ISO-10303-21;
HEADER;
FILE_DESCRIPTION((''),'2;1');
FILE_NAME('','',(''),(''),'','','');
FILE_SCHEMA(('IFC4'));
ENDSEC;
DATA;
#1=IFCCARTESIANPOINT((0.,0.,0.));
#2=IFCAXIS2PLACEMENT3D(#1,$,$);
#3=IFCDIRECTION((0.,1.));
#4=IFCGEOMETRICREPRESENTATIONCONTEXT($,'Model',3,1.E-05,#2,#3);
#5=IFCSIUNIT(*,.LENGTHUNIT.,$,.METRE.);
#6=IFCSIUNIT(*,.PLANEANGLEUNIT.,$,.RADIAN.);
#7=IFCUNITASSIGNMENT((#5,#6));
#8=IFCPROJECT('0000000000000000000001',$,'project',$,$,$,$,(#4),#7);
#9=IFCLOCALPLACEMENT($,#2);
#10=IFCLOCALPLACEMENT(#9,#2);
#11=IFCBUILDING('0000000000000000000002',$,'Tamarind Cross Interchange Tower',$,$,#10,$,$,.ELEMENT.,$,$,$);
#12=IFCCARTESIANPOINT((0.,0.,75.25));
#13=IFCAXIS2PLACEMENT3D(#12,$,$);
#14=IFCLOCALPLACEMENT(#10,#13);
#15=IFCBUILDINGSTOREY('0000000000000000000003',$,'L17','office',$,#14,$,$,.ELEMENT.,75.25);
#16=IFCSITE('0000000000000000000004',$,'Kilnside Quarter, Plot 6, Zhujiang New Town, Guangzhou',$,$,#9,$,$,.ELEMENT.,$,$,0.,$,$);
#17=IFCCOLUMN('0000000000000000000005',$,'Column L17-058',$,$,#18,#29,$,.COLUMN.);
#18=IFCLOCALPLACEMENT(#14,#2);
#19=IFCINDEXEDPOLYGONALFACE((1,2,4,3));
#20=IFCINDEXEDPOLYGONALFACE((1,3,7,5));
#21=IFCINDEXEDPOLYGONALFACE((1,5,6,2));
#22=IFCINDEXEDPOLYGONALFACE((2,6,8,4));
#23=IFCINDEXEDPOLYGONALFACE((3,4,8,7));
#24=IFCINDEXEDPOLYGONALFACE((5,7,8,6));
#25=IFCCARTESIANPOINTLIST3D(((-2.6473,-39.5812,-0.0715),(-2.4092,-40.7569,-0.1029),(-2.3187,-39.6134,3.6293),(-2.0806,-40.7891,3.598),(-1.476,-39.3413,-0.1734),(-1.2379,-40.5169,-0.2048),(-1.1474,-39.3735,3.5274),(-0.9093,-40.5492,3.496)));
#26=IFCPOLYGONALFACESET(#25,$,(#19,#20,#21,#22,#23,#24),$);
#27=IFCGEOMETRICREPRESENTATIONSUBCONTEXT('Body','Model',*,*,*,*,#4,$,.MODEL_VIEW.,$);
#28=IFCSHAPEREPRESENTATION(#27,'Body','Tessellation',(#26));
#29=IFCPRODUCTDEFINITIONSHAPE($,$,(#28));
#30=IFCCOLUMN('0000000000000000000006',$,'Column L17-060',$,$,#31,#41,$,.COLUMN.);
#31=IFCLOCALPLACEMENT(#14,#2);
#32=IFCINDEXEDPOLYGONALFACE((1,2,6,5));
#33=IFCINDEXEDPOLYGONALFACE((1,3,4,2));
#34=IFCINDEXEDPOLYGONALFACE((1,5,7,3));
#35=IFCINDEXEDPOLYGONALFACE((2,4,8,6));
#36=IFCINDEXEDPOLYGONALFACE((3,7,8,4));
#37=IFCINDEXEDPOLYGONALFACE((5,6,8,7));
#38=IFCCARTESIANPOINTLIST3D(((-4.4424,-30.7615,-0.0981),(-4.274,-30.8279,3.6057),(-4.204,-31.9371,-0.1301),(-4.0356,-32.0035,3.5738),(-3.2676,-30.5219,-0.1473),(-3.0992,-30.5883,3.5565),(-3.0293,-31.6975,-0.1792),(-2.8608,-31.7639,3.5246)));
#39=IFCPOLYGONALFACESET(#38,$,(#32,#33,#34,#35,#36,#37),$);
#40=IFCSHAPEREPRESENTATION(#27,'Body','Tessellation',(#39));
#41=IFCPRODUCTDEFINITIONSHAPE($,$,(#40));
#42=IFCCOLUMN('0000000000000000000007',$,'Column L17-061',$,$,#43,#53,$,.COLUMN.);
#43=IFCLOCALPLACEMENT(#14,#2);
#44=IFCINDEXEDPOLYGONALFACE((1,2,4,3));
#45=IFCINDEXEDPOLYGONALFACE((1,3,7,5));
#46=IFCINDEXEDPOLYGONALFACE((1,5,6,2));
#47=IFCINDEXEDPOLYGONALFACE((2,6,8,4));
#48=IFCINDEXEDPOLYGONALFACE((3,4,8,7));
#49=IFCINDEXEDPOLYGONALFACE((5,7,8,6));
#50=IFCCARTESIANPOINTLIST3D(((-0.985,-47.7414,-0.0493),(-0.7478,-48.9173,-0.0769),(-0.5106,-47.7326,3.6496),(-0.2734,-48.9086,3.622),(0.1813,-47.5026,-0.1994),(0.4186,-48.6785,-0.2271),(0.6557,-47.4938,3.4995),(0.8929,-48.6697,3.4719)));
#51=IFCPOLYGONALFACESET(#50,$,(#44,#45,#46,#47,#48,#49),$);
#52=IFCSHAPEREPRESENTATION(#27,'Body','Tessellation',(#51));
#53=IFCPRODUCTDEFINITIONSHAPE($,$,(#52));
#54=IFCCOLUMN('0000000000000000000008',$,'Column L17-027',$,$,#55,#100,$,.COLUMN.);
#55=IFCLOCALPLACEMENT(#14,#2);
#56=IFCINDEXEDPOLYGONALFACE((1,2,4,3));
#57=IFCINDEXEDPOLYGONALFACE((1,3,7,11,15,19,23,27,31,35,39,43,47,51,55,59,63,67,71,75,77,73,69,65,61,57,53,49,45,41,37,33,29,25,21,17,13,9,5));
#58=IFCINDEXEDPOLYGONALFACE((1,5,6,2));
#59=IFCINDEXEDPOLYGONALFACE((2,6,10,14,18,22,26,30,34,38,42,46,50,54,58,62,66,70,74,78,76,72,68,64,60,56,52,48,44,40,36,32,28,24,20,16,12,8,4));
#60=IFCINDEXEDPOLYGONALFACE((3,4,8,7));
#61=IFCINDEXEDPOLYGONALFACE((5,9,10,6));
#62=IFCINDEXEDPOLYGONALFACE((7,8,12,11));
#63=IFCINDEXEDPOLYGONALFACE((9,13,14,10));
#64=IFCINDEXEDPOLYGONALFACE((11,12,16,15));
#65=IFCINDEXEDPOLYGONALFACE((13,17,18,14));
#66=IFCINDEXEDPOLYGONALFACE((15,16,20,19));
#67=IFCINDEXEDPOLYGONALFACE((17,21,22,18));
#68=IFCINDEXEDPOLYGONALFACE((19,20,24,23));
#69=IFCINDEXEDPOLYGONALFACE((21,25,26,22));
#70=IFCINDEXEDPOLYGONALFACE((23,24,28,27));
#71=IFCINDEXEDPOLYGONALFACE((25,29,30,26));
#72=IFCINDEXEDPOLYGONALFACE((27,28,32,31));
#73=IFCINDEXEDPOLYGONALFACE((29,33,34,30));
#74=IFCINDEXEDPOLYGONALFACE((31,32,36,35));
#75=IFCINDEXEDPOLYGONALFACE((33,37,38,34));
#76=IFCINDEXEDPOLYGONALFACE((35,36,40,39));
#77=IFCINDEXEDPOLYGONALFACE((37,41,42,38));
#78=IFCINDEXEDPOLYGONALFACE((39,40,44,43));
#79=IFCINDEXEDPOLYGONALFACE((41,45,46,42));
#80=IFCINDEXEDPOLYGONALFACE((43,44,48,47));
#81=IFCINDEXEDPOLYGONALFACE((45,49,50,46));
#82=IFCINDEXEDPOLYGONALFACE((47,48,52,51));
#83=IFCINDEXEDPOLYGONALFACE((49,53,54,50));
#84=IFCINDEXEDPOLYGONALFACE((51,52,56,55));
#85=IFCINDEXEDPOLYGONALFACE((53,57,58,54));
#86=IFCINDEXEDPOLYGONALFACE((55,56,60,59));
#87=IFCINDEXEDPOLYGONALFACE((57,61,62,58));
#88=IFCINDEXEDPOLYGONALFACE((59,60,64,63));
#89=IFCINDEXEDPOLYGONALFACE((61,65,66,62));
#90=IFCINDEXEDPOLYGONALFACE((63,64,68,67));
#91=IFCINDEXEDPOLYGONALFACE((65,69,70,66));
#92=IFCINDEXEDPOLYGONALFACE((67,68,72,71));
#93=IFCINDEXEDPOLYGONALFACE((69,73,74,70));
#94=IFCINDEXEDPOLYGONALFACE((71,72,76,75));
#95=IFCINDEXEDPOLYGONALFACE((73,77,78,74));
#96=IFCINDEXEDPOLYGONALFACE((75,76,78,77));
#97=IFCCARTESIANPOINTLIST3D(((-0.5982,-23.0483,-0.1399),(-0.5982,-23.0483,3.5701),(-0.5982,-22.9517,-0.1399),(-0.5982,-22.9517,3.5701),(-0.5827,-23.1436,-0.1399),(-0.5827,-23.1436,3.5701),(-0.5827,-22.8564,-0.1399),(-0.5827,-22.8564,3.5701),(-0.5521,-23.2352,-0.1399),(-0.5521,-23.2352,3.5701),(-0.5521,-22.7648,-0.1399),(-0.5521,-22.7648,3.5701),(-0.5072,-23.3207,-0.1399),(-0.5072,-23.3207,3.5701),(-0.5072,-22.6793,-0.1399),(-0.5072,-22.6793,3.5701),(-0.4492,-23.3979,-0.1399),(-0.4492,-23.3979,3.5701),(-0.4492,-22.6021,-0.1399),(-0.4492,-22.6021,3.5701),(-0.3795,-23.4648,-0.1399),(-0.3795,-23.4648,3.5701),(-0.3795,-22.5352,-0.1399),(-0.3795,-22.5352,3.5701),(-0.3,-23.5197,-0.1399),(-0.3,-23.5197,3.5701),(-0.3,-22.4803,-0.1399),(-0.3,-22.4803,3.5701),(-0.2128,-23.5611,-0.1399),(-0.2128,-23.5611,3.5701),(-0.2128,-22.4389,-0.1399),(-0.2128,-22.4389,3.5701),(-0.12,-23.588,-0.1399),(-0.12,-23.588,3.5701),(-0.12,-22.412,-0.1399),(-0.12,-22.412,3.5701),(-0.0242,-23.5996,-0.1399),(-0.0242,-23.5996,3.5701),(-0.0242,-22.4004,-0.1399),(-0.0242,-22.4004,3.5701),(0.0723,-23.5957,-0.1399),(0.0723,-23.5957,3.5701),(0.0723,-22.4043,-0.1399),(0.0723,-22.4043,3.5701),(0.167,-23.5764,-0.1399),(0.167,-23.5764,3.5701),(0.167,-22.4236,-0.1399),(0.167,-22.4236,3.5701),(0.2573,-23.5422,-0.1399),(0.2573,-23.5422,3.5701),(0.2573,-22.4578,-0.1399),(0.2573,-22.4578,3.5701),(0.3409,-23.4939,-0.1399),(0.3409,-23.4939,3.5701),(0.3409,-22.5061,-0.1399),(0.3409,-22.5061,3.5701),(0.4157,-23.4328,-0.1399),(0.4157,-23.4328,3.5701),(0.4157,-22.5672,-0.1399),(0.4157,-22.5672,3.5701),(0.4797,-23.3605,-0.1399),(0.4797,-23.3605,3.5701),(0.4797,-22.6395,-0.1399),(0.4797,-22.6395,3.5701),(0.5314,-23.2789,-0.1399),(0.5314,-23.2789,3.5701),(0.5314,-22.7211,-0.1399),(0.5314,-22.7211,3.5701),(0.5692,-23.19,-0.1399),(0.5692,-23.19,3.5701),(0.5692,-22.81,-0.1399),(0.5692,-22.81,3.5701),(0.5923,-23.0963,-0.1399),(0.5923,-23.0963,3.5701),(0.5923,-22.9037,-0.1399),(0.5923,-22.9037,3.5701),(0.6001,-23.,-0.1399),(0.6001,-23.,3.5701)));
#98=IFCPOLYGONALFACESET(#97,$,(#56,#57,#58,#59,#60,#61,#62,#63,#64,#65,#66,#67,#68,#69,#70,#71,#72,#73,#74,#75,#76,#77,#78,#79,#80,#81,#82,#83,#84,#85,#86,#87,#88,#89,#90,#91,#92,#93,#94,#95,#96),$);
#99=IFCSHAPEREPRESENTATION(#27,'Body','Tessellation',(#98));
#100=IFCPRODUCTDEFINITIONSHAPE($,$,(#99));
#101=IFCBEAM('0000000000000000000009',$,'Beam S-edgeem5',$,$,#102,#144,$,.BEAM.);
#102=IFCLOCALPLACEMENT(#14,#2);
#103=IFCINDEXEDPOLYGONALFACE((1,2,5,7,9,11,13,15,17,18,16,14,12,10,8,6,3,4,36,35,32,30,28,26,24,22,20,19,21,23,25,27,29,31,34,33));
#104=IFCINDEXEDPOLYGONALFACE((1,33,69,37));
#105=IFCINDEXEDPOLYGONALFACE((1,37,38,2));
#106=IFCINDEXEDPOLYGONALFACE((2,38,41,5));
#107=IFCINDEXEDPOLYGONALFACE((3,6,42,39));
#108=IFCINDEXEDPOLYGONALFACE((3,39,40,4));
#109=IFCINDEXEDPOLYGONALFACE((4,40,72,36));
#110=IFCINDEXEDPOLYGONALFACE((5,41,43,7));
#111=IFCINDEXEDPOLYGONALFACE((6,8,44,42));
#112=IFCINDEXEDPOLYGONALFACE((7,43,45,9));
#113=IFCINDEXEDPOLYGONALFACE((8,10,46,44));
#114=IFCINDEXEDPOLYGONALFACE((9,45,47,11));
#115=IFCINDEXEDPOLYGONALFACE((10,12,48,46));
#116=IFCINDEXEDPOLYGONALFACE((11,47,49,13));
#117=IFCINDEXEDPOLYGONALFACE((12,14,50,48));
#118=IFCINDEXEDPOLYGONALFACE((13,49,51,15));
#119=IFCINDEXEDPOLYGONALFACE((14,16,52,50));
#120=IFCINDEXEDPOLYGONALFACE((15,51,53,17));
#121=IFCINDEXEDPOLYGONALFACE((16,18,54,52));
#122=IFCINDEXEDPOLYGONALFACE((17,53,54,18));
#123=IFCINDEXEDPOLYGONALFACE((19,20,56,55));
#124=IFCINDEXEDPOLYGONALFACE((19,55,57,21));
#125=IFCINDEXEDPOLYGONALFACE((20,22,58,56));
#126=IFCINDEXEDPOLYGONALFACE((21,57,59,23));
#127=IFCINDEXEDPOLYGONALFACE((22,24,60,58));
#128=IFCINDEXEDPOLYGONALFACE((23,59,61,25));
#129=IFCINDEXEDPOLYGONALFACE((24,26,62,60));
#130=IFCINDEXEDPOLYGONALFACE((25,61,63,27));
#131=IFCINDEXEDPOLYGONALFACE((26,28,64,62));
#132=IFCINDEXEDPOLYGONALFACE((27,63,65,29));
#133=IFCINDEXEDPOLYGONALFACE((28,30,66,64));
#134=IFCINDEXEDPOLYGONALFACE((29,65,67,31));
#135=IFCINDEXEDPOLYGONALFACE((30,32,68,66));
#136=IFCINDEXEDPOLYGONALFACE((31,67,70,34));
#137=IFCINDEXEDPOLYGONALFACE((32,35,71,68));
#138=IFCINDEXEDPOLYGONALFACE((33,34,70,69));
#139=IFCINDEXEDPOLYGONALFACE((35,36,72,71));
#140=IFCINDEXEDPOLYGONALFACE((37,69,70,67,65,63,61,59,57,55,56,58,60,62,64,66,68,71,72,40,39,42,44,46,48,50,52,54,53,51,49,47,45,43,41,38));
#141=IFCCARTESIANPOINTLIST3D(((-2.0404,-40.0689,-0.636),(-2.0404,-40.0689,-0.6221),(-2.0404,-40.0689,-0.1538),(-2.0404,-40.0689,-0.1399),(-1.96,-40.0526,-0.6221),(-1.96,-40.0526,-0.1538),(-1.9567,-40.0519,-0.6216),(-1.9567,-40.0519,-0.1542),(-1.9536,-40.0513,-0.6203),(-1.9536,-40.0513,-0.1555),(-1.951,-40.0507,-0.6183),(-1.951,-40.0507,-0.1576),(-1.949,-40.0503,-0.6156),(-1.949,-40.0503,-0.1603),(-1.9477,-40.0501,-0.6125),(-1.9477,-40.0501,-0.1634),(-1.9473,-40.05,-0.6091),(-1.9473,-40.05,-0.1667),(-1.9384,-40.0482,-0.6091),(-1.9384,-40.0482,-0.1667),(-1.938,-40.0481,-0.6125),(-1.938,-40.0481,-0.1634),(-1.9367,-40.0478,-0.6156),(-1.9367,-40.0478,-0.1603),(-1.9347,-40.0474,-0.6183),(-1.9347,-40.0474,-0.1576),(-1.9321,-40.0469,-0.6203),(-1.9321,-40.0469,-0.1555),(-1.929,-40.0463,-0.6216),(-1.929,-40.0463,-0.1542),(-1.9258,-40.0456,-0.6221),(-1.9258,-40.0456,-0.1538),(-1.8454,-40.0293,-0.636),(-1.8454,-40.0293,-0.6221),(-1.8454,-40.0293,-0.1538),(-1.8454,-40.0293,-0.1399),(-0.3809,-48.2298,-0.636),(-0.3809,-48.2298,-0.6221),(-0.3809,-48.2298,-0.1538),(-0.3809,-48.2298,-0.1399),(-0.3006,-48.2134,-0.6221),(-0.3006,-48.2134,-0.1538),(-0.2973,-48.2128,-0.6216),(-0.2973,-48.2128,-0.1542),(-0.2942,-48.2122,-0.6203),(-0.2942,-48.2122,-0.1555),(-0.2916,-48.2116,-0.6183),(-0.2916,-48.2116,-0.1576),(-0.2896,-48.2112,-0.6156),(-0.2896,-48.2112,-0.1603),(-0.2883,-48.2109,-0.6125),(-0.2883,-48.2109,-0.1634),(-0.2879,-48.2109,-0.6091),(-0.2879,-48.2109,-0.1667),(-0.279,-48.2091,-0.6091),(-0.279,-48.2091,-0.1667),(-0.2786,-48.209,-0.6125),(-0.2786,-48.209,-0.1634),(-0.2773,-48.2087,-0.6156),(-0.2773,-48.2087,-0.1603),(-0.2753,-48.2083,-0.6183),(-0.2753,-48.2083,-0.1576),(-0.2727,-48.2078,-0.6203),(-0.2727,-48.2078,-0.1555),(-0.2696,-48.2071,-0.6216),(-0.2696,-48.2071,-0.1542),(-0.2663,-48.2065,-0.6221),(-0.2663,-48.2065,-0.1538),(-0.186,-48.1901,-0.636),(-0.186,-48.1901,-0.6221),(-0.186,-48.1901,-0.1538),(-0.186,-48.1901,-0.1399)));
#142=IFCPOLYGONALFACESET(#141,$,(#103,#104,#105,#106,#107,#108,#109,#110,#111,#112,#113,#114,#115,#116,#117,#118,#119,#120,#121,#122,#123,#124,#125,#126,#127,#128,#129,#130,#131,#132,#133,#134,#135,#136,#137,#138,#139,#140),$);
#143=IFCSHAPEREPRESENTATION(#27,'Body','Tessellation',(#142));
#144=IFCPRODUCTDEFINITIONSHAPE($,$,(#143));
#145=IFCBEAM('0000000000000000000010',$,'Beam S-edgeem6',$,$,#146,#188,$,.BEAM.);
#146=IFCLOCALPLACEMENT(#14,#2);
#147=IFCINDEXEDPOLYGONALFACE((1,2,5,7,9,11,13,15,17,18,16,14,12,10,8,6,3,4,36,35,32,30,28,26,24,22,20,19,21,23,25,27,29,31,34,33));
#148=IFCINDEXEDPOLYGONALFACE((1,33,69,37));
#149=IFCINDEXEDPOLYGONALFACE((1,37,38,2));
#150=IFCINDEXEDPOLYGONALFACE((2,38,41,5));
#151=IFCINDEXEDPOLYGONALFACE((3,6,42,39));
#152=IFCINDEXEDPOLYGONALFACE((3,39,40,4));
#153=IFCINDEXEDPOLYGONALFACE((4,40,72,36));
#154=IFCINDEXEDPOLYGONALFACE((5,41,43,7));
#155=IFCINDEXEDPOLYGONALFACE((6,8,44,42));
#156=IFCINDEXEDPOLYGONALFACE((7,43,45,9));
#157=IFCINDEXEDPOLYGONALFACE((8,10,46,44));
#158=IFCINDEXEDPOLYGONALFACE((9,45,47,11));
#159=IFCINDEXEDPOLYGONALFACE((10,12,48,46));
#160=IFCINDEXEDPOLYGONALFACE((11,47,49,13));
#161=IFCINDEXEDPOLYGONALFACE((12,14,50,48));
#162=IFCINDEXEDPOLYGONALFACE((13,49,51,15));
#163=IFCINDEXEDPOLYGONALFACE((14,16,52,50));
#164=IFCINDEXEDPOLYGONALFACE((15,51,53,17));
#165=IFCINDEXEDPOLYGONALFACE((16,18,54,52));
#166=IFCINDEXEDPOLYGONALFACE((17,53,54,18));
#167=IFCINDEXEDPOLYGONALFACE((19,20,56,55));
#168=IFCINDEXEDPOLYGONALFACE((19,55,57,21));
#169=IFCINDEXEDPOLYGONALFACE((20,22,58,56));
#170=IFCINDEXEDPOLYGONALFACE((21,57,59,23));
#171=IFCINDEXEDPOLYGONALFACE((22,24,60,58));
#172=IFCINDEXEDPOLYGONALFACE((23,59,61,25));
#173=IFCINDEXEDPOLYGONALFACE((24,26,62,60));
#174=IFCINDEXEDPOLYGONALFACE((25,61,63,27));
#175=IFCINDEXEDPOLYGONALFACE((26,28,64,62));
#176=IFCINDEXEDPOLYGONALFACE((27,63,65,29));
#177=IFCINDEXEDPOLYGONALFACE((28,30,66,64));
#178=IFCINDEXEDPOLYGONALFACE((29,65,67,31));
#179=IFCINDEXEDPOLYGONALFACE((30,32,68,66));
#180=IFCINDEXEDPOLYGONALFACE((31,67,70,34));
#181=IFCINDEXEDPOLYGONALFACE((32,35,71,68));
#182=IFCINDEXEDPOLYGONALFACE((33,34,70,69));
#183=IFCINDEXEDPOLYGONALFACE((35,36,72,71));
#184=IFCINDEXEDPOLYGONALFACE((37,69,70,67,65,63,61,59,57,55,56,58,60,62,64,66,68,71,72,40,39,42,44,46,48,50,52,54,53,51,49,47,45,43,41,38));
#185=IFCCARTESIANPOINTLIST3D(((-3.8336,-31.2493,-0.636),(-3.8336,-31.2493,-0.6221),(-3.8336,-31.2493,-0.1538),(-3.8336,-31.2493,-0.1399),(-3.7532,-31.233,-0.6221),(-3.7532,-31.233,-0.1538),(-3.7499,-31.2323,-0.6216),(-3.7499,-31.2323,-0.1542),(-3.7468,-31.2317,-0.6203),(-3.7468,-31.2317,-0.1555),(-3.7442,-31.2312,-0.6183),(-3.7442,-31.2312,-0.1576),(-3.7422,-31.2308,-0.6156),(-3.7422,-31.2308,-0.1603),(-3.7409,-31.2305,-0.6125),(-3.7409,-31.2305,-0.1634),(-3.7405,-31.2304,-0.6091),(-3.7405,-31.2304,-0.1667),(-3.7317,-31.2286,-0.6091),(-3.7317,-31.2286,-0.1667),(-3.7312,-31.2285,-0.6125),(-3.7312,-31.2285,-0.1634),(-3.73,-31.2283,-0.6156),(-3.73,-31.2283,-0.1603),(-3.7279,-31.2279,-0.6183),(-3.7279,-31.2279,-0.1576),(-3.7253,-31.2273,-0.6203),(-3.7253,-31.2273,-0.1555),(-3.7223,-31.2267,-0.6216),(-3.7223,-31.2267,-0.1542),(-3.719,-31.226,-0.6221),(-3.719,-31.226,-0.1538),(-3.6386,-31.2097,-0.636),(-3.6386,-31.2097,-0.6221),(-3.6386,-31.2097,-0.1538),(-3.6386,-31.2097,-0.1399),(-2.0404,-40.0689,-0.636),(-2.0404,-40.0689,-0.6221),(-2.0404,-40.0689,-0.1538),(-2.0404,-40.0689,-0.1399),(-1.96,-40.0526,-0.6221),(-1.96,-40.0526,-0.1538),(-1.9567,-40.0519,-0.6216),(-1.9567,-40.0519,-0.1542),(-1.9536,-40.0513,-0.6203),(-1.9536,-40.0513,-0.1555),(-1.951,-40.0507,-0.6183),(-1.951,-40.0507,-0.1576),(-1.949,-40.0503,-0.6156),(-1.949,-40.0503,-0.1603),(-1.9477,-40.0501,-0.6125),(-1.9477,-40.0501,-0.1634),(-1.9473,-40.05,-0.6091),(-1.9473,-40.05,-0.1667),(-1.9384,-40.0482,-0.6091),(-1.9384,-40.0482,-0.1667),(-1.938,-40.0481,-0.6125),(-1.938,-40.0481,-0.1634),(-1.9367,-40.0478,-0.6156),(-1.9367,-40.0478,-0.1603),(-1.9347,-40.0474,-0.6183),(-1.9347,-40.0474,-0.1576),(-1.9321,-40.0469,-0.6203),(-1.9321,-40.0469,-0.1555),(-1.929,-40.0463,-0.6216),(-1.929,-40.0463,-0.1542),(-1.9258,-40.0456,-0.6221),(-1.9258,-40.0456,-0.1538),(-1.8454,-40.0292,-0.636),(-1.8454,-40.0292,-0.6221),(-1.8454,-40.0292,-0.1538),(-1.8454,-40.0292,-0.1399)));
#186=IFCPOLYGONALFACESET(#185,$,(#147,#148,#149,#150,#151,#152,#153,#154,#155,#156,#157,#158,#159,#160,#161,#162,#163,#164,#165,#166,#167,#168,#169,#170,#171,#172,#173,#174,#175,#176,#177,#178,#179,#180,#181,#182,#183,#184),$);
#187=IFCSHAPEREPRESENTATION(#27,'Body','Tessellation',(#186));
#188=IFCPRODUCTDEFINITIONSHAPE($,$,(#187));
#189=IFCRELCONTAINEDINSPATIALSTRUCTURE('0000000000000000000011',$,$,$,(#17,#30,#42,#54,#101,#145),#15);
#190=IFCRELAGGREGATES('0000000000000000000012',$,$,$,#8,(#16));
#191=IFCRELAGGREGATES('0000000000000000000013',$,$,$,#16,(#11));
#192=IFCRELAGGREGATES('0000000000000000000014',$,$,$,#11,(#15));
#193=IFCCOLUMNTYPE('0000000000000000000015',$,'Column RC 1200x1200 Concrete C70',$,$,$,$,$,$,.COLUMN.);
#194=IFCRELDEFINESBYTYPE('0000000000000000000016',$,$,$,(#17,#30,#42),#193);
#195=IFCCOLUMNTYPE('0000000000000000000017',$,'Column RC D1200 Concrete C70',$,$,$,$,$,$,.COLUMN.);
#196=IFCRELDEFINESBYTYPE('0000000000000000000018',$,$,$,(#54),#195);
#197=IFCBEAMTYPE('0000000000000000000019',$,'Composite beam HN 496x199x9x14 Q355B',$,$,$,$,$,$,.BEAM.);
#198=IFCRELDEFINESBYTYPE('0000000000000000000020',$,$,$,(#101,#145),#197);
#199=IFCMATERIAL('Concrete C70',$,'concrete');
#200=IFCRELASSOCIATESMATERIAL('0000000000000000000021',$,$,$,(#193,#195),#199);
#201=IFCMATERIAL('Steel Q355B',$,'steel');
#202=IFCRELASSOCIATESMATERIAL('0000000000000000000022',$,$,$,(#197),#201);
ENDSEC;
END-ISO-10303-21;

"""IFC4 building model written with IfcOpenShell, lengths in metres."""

from ifc_helpers import new_model, si_unit, direction, frame, origin, origin_2d, place, context, subcontext, project, spatial, rectangle, circle, i_section, extrude, material, material_profile, profile_set, type_object, element, save


model = new_model("IFC4")

# Units and contexts
model_context = context("Model", 3, precision=1e-05, world=origin(), true_north=direction((0.0, 1.0)))
body_context = subcontext(model_context, "Body", "Model", "MODEL_VIEW")
ifc_project = project(units=[si_unit("LENGTHUNIT", "METRE"), si_unit("PLANEANGLEUNIT", "RADIAN")], contexts=[model_context])

# Site, building, storey
site_placement = place(None, origin())
site = spatial("IfcSite", under=ifc_project, at=site_placement, Name="Kilnside Quarter, Plot 6, Zhujiang New Town, Guangzhou", CompositionType="ELEMENT", RefElevation=0.0)
building_placement = place(site_placement, origin())
building = spatial("IfcBuilding", under=site, at=building_placement, Name="Tamarind Cross Interchange Tower", CompositionType="ELEMENT")
storey_placement = place(building_placement, frame((0.0, 0.0, 75.25)))
storey = spatial("IfcBuildingStorey", under=building, at=storey_placement, Name="L17", Description="office", CompositionType="ELEMENT", Elevation=75.25)

# Columns
ifc_material_1 = material(Name="Concrete C70", Category="concrete")
ifc_material_profile_1 = material_profile(ifc_material_1, rectangle(XDim=1.2, YDim=1.2, at=origin_2d()), Name="RC 1200x1200")
ifc_profile_set_1 = profile_set([ifc_material_profile_1], Name="Concrete C70")
column_type_1 = type_object("IfcColumnType", Name="Column RC 1200x1200 Concrete C70", PredefinedType="COLUMN", material=ifc_profile_set_1)
column_1_placement = place(storey_placement, frame((-1.9426, -40.0491, -0.1382), z_axis=(0.088441, -0.008673, 0.996044), x_axis=(-0.198433, 0.979766, 0.026151)))
element("IfcColumn", 1, at=column_1_placement, inside=storey, type_object=column_type_1, Name="Column L17-058", PredefinedType="COLUMN", context=body_context, shape_type="SweptSolid", body=[
    extrude(rectangle(XDim=1.2, YDim=1.2, at=origin_2d()), origin(), (0.0, 0.0, 1.0), 3.7156),
])
column_2_placement = place(storey_placement, frame((-3.7358, -31.2295, -0.1387), z_axis=(0.045427, -0.017908, 0.998807), x_axis=(-0.198653, 0.979709, 0.0266)))
element("IfcColumn", 2, at=column_2_placement, inside=storey, type_object=column_type_1, Name="Column L17-060", PredefinedType="COLUMN", context=body_context, shape_type="SweptSolid", body=[
    extrude(rectangle(XDim=1.2, YDim=1.2, at=origin_2d()), origin(), (0.0, 0.0, 1.0), 3.7083),
])
column_3_placement = place(storey_placement, frame((-0.2832, -48.21, -0.1382), z_axis=(0.1272, 0.002357, 0.991874), x_axis=(-0.197698, 0.979993, 0.023025)))
element("IfcColumn", 3, at=column_3_placement, inside=storey, type_object=column_type_1, Name="Column L17-061", PredefinedType="COLUMN", context=body_context, shape_type="SweptSolid", body=[
    extrude(rectangle(XDim=1.2, YDim=1.2, at=origin_2d()), origin(), (0.0, 0.0, 1.0), 3.7292),
])
ifc_material_profile_2 = material_profile(ifc_material_1, circle(Radius=0.6001, at=origin_2d()), Name="RC D1200")
ifc_profile_set_2 = profile_set([ifc_material_profile_2], Name="Concrete C70")
column_type_2 = type_object("IfcColumnType", Name="Column RC D1200 Concrete C70", PredefinedType="COLUMN", material=ifc_profile_set_2)
column_4_placement = place(storey_placement, frame((0.0, -23.0, -0.1399), z_axis=(0.0, 0.0, 1.0), x_axis=(1.0, 0.0, 0.0)))
element("IfcColumn", 4, at=column_4_placement, inside=storey, type_object=column_type_2, Name="Column L17-027", PredefinedType="COLUMN", context=body_context, shape_type="SweptSolid", body=[
    extrude(circle(Radius=0.6001, at=origin_2d()), origin(), (0.0, 0.0, 1.0), 3.71),
])

# Beams
ifc_material_2 = material(Name="Steel Q355B", Category="steel")
ifc_material_profile_3 = material_profile(ifc_material_2, i_section(OverallWidth=0.199, OverallDepth=0.4961, WebThickness=0.009, FlangeThickness=0.0139, FilletRadius=0.0129, at=origin_2d()), Name="HN 496x199x9x14")
ifc_profile_set_3 = profile_set([ifc_material_profile_3], Name="Steel Q355B")
beam_type_1 = type_object("IfcBeamType", Name="Composite beam HN 496x199x9x14 Q355B", PredefinedType="BEAM", material=ifc_profile_set_3)
beam_1_placement = place(storey_placement, frame((-0.2834, -48.21, -0.3879), z_axis=(-0.199261, 0.979946, 0.0), x_axis=(-0.979946, -0.199261, 0.0)))
element("IfcBeam", 5, at=beam_1_placement, inside=storey, type_object=beam_type_1, Name="Beam S-edgeem5", PredefinedType="BEAM", context=body_context, shape_type="SweptSolid", body=[
    extrude(i_section(OverallWidth=0.199, OverallDepth=0.4961, WebThickness=0.009, FlangeThickness=0.0139, FilletRadius=0.0129, at=origin_2d()), origin(), (0.0, 0.0, 1.0), 8.3279),
])
beam_2_placement = place(storey_placement, frame((-1.9429, -40.0491, -0.3879), z_axis=(-0.199245, 0.97995, 0.0), x_axis=(-0.97995, -0.199245, 0.0)))
element("IfcBeam", 6, at=beam_2_placement, inside=storey, type_object=beam_type_1, Name="Beam S-edgeem6", PredefinedType="BEAM", context=body_context, shape_type="SweptSolid", body=[
    extrude(i_section(OverallWidth=0.199, OverallDepth=0.4961, WebThickness=0.009, FlangeThickness=0.0139, FilletRadius=0.0129, at=origin_2d()), origin(), (0.0, 0.0, 1.0), 9.0),
])

save(model, "model.ifc")
